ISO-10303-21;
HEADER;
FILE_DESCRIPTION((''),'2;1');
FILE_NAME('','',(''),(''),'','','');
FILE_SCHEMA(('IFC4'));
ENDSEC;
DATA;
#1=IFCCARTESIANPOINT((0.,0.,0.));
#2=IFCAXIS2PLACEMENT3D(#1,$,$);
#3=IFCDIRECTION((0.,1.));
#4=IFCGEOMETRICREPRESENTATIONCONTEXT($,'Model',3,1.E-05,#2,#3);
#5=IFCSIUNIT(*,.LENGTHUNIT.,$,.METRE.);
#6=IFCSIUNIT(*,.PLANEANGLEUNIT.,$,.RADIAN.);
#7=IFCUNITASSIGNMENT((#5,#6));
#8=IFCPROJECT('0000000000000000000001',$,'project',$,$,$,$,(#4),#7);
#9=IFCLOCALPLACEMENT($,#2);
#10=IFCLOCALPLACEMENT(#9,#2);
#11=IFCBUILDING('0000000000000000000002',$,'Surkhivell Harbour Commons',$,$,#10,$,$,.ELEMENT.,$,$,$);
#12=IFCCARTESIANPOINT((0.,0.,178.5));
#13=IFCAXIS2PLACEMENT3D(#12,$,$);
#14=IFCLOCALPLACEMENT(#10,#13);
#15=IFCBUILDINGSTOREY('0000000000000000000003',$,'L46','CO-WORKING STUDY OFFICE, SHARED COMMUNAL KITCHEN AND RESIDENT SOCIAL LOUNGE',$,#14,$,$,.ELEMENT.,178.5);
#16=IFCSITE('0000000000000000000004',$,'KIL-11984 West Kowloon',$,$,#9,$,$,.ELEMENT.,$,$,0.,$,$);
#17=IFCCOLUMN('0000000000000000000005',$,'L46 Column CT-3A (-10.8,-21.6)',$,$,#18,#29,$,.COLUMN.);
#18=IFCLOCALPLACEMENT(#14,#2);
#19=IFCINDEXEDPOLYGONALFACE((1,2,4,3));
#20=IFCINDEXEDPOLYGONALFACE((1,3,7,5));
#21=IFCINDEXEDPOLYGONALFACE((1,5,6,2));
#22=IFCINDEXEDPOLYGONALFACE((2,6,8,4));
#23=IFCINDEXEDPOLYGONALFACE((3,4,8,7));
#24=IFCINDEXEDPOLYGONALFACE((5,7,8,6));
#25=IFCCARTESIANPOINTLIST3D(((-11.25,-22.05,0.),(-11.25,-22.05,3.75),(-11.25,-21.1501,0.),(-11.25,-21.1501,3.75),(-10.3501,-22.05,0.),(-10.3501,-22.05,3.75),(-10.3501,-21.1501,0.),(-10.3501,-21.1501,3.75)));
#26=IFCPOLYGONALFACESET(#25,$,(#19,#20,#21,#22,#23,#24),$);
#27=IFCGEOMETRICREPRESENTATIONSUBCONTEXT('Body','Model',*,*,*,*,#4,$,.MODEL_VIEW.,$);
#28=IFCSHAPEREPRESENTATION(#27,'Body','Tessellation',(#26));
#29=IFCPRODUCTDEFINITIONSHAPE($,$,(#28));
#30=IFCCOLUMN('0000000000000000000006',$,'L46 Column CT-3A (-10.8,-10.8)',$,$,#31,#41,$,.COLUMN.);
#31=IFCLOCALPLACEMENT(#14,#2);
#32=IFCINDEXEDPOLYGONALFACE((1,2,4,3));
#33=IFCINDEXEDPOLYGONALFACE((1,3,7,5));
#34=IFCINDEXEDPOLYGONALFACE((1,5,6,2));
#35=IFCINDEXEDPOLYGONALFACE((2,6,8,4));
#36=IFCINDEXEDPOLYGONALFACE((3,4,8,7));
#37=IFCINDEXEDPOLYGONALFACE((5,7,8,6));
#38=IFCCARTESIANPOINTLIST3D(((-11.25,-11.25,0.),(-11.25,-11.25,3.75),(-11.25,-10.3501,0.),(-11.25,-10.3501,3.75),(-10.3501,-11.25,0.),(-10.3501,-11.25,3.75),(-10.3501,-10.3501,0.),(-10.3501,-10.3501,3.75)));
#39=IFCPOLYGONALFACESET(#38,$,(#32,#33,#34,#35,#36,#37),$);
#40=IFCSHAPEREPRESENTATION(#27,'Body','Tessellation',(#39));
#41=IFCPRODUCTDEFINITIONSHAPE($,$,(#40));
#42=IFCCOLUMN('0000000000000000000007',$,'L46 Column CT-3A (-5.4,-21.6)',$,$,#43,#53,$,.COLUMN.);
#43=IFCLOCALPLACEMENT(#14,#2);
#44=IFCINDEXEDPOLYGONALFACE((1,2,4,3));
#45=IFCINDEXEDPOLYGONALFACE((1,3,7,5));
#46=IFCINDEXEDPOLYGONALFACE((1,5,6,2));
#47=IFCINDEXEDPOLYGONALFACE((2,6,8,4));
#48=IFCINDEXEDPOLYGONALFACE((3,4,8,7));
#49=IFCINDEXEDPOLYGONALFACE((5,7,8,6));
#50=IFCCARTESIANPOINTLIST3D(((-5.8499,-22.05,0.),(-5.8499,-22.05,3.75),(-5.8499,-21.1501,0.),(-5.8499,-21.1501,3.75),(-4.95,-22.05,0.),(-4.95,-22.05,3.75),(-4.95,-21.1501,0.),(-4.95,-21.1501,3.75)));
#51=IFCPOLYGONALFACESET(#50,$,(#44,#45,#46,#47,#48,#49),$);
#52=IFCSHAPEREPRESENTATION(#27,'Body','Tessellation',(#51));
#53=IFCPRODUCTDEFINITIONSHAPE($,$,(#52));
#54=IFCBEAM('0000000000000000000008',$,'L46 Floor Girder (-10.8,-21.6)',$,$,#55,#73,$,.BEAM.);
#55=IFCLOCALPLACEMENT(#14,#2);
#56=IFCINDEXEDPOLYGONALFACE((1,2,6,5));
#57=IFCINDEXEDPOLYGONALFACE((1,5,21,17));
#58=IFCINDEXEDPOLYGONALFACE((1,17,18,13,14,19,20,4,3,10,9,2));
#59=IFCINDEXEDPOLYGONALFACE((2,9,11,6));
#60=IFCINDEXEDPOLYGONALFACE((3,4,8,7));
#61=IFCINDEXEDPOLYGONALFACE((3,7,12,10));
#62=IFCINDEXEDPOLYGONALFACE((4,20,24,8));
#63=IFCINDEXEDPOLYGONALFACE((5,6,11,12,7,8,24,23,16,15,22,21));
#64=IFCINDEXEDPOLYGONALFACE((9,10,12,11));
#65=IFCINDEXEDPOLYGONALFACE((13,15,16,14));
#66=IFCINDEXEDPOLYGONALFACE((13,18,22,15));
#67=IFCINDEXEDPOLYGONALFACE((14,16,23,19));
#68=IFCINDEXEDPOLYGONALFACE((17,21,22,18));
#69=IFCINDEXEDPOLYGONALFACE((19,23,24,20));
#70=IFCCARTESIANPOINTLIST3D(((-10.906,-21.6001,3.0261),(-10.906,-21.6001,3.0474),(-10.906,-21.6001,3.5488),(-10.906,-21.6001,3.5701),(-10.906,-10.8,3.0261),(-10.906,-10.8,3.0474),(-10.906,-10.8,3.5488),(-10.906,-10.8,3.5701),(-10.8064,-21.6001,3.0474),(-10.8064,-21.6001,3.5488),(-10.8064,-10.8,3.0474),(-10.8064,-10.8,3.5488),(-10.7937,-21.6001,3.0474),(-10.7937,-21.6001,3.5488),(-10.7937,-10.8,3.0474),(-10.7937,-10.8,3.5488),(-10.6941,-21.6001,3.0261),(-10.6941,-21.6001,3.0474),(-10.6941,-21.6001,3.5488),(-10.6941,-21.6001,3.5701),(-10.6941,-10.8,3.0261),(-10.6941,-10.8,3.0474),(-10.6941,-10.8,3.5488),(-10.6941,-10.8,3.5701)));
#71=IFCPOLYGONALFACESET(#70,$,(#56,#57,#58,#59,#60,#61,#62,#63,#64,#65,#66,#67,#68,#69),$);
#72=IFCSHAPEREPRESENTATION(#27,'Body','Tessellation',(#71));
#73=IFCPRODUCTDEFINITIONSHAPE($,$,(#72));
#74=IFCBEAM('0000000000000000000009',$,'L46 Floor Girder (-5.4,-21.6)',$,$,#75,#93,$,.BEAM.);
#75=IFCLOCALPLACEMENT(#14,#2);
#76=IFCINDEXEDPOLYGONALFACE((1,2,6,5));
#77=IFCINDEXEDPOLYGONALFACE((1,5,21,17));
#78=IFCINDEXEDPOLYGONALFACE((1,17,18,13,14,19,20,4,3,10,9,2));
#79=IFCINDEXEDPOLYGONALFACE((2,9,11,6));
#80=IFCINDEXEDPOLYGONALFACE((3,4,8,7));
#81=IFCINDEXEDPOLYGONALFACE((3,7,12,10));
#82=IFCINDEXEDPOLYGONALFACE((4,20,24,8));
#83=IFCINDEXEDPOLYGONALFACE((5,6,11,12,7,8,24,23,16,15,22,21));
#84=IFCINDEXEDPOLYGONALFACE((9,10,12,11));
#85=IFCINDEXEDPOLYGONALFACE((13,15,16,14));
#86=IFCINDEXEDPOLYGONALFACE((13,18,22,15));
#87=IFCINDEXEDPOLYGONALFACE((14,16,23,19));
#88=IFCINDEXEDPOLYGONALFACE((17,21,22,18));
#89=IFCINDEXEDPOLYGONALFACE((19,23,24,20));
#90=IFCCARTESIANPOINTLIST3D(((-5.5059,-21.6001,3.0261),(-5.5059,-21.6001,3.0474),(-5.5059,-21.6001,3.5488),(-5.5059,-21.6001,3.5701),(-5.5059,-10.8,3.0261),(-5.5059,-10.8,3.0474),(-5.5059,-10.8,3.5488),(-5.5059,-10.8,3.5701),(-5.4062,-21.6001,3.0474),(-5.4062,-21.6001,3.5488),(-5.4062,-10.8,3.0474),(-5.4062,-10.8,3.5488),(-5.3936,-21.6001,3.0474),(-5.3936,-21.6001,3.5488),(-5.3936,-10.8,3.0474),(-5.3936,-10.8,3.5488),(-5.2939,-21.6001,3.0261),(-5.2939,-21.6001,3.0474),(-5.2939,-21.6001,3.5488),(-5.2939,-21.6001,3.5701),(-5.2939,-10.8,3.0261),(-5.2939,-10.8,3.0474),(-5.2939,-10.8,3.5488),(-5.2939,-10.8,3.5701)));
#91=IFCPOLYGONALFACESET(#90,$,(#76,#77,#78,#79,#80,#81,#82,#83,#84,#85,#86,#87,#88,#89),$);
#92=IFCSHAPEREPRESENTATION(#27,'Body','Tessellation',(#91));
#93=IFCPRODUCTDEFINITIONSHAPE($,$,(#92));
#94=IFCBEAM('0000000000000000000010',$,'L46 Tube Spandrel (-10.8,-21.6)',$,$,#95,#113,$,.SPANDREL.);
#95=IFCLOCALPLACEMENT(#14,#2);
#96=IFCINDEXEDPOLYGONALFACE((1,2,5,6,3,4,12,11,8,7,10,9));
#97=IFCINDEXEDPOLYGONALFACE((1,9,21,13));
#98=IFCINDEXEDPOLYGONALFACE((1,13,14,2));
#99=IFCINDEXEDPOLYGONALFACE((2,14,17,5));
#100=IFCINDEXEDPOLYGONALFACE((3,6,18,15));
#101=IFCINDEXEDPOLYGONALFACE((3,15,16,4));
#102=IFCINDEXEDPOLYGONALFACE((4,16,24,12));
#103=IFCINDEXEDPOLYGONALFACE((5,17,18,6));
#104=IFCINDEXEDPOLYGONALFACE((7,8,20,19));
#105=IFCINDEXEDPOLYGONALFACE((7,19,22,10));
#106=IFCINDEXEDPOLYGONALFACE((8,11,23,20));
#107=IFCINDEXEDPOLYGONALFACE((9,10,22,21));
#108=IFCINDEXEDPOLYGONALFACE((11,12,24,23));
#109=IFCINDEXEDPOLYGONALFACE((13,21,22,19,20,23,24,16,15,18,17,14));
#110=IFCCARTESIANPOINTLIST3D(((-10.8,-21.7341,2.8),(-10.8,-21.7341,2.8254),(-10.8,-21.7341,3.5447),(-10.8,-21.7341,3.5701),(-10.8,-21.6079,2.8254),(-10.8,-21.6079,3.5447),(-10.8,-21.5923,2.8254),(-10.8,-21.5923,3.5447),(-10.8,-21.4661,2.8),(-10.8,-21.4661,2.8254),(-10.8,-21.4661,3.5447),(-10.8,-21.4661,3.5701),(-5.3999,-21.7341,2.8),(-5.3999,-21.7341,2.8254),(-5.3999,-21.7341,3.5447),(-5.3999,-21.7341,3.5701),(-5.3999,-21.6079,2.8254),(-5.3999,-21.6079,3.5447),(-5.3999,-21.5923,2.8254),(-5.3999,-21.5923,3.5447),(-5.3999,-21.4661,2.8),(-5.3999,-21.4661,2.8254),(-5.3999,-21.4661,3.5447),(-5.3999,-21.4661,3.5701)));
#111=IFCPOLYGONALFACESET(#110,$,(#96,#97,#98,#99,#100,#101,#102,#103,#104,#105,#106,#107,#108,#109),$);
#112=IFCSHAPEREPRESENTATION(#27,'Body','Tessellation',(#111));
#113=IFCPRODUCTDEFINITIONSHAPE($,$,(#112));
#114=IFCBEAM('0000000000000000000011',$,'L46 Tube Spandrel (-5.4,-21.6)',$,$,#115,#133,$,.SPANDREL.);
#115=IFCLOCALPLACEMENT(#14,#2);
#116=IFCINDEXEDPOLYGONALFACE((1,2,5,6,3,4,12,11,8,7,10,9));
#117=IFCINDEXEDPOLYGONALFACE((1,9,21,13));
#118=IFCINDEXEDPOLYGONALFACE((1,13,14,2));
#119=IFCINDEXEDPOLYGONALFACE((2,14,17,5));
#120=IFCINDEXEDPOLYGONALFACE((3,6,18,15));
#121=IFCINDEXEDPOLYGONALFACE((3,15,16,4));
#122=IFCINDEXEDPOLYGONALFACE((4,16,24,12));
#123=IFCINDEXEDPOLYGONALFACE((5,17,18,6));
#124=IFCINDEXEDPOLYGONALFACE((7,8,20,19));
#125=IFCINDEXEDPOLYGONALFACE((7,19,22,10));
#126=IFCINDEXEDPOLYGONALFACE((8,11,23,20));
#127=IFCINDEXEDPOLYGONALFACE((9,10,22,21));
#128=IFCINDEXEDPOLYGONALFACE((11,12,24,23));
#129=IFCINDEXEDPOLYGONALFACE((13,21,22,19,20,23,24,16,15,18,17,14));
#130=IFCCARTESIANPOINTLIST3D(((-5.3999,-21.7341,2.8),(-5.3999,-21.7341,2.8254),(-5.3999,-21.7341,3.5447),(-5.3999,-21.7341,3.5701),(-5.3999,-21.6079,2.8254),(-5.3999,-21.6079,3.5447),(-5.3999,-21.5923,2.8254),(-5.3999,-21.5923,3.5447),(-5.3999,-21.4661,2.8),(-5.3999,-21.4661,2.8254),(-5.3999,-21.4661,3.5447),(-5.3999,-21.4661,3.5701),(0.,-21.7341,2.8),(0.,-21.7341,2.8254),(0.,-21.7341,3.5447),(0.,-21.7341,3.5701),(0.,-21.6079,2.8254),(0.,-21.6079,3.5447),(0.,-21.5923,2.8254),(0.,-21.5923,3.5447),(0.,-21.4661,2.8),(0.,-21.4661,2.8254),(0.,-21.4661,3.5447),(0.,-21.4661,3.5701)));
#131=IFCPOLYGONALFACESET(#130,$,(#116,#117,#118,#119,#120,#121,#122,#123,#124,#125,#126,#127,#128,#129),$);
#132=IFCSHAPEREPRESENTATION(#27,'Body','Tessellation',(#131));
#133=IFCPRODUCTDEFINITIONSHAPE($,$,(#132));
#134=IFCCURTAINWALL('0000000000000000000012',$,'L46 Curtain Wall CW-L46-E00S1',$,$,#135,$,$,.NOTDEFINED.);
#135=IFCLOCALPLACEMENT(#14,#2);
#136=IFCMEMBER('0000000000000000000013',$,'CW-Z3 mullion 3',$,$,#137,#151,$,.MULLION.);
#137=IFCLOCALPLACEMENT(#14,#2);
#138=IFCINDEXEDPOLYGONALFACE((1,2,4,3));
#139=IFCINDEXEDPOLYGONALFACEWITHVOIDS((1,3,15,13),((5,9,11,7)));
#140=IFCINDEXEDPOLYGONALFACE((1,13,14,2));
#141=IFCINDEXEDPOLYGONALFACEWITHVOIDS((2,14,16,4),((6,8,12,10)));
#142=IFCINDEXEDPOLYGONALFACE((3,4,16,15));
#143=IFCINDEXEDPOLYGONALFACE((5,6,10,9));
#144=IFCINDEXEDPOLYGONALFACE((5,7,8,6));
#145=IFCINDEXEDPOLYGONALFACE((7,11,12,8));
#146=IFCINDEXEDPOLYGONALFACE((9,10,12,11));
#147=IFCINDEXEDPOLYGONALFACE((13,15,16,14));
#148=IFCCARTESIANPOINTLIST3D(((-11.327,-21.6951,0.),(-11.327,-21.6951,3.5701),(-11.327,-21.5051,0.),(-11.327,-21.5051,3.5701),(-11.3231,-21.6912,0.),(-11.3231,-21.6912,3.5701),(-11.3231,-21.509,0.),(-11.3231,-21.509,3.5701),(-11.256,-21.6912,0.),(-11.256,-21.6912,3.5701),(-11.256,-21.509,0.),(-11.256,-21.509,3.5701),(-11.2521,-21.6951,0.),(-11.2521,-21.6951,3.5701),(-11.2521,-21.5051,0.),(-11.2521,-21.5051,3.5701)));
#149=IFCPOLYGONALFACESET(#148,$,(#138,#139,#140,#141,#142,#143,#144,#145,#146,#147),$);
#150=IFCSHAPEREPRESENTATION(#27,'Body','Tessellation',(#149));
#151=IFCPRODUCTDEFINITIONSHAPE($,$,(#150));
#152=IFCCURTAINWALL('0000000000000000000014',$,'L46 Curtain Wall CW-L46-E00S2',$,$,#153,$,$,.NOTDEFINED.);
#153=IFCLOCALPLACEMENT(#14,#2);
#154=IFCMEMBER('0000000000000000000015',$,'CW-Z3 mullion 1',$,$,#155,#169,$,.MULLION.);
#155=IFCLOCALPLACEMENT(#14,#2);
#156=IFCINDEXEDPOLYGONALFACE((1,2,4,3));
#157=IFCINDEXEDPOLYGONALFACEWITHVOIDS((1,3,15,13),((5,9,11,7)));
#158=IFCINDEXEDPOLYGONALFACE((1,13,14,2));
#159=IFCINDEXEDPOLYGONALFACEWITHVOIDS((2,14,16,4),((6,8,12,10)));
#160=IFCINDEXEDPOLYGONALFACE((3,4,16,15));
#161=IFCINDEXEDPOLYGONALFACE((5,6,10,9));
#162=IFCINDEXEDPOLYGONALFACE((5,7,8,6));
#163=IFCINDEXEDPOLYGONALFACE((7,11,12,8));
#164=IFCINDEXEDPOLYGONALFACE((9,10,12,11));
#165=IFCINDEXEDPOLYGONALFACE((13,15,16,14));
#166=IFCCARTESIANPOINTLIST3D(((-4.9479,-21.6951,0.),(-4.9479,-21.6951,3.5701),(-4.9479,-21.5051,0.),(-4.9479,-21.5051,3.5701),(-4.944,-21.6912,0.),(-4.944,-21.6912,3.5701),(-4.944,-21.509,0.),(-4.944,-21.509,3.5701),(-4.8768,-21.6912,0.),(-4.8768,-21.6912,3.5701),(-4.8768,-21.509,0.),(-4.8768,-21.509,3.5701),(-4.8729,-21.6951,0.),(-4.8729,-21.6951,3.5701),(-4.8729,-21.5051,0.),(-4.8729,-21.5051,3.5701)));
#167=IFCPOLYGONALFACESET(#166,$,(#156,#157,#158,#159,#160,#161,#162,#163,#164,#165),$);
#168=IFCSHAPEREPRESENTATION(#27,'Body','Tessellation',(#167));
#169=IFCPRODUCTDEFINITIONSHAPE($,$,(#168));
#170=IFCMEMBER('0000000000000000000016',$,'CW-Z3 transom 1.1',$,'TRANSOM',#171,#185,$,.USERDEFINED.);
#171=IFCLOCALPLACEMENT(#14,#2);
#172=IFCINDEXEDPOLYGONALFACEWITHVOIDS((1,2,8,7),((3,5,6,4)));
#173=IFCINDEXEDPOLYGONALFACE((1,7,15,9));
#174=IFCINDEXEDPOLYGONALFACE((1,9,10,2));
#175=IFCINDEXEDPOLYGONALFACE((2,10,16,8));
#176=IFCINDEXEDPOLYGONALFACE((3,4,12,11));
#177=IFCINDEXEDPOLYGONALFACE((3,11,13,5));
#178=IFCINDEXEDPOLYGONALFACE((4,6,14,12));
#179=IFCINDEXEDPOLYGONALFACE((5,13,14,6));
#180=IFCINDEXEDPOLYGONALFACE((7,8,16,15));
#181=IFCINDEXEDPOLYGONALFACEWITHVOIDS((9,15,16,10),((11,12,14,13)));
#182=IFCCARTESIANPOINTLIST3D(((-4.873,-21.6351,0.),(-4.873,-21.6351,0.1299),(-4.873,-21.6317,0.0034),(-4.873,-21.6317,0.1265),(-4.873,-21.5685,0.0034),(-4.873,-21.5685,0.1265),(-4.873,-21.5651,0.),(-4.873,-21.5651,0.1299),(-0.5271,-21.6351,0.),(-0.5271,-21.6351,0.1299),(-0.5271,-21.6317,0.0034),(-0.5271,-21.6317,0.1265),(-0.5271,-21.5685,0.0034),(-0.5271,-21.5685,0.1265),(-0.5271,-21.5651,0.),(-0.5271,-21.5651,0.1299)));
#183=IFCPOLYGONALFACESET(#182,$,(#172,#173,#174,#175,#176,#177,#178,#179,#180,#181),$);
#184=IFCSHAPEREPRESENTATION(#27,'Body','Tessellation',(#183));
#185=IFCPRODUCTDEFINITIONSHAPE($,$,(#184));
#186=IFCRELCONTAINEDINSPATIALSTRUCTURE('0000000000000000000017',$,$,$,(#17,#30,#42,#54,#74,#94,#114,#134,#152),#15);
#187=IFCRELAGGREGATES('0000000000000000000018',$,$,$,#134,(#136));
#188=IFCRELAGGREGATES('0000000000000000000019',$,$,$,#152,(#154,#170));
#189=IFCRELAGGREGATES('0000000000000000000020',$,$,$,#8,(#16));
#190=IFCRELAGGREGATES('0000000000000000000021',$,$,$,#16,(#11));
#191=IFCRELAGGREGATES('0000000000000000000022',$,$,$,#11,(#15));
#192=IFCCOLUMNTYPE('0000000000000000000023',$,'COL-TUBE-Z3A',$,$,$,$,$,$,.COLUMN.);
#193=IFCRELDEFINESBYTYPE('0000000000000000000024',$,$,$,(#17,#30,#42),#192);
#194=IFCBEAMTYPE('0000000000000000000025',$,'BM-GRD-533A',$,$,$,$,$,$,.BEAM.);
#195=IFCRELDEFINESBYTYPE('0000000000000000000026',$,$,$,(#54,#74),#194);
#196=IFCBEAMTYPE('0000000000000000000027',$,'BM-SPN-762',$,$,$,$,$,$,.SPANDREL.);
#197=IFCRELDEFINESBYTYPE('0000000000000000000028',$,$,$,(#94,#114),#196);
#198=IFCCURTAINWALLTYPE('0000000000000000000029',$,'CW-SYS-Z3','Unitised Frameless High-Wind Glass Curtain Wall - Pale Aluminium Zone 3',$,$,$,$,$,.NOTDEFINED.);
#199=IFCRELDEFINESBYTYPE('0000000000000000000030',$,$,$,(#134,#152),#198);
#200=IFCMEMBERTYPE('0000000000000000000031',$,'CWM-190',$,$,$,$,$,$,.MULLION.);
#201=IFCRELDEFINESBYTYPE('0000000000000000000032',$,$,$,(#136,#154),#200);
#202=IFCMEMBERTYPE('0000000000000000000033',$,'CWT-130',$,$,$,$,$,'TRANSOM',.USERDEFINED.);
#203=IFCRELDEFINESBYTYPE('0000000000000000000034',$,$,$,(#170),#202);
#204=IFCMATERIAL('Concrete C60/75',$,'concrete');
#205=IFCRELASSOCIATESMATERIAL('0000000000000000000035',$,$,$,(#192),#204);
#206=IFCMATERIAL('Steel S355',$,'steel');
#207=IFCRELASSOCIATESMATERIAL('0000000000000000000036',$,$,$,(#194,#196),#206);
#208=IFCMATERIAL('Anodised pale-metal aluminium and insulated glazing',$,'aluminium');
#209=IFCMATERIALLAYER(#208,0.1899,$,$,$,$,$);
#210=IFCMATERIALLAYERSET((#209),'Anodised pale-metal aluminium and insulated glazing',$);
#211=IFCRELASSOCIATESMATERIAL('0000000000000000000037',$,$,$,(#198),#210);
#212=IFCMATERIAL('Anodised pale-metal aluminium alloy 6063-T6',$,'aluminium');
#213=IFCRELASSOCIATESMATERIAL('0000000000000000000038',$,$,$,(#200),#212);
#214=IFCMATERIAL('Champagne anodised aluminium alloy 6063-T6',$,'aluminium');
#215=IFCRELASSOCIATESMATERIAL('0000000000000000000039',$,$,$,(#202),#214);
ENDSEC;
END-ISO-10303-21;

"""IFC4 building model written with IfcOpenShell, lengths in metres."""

from ifc_helpers import new_model, si_unit, direction, frame, origin, origin_2d, place, context, subcontext, project, spatial, rectangle, hollow_rectangle, i_section, extrude, material, layer, layer_set, material_profile, profile_set, type_object, element, aggregate, save


model = new_model("IFC4")

# Units and contexts
model_context = context("Model", 3, precision=1e-05, world=origin(), true_north=direction((0.0, 1.0)))
body_context = subcontext(model_context, "Body", "Model", "MODEL_VIEW")
ifc_project = project(units=[si_unit("LENGTHUNIT", "METRE"), si_unit("PLANEANGLEUNIT", "RADIAN")], contexts=[model_context])

# Site, building, storey
site_placement = place(None, origin())
site = spatial("IfcSite", under=ifc_project, at=site_placement, Name="KIL-11984 West Kowloon", CompositionType="ELEMENT", RefElevation=0.0)
building_placement = place(site_placement, origin())
building = spatial("IfcBuilding", under=site, at=building_placement, Name="Surkhivell Harbour Commons", CompositionType="ELEMENT")
storey_placement = place(building_placement, frame((0.0, 0.0, 178.5)))
storey = spatial("IfcBuildingStorey", under=building, at=storey_placement, Name="L46", Description="CO-WORKING STUDY OFFICE, SHARED COMMUNAL KITCHEN AND RESIDENT SOCIAL LOUNGE", CompositionType="ELEMENT", Elevation=178.5)

# Columns
ifc_material_1 = material(Name="Concrete C60/75", Category="concrete")
ifc_material_profile_1 = material_profile(ifc_material_1, rectangle(XDim=0.8999, YDim=0.8999, at=origin_2d()), Name="RC-COL-900x900")
ifc_profile_set_1 = profile_set([ifc_material_profile_1], Name="Concrete C60/75")
column_type = type_object("IfcColumnType", Name="COL-TUBE-Z3A", PredefinedType="COLUMN", material=ifc_profile_set_1)
for number, where, z_axis, x_axis, name in (
    (1, (-10.8, -21.6001, 0.0), (0.0, 0.0, 1.0), (1.0, 0.0, 0.0), "L46 Column CT-3A (-10.8,-21.6)"),
    (2, (-10.8, -10.8, 0.0), (0.0, 0.0, 1.0), (1.0, 0.0, 0.0), "L46 Column CT-3A (-10.8,-10.8)"),
    (3, (-5.3999, -21.6001, 0.0), (0.0, 0.0, 1.0), (1.0, 0.0, 0.0), "L46 Column CT-3A (-5.4,-21.6)"),
):
    element("IfcColumn", number, at=place(storey_placement, frame(where, z_axis=z_axis, x_axis=x_axis)), inside=storey, type_object=column_type, Name=name, PredefinedType="COLUMN", context=body_context, shape_type="SweptSolid", body=[
        extrude(rectangle(XDim=0.8999, YDim=0.8999, at=origin_2d()), origin(), (0.0, 0.0, 1.0), 3.75),
    ])

# Beams
ifc_material_2 = material(Name="Steel S355", Category="steel")
ifc_material_profile_2 = material_profile(ifc_material_2, i_section(OverallWidth=0.2119, OverallDepth=0.5439, WebThickness=0.0127, FlangeThickness=0.0212, at=origin_2d()), Name="UB533x210x122")
ifc_profile_set_2 = profile_set([ifc_material_profile_2], Name="Steel S355")
beam_type_1 = type_object("IfcBeamType", Name="BM-GRD-533A", PredefinedType="BEAM", material=ifc_profile_set_2)
for number, where, z_axis, x_axis, name in (
    (4, (-10.8, -21.6001, 3.2981), (0.0, 1.0, 0.0), (-1.0, 0.0, 0.0), "L46 Floor Girder (-10.8,-21.6)"),
    (5, (-5.3999, -21.6001, 3.2981), (0.0, 1.0, 0.0), (-1.0, 0.0, 0.0), "L46 Floor Girder (-5.4,-21.6)"),
):
    element("IfcBeam", number, at=place(storey_placement, frame(where, z_axis=z_axis, x_axis=x_axis)), inside=storey, type_object=beam_type_1, Name=name, PredefinedType="BEAM", context=body_context, shape_type="SweptSolid", body=[
        extrude(i_section(OverallWidth=0.2119, OverallDepth=0.5439, WebThickness=0.0127, FlangeThickness=0.0212, at=origin_2d()), origin(), (0.0, 0.0, 1.0), 10.8),
    ])
ifc_material_profile_3 = material_profile(ifc_material_2, i_section(OverallWidth=0.2681, OverallDepth=0.77, WebThickness=0.0156, FlangeThickness=0.0254, at=origin_2d()), Name="UB762x267x197")
ifc_profile_set_3 = profile_set([ifc_material_profile_3], Name="Steel S355")
beam_type_2 = type_object("IfcBeamType", Name="BM-SPN-762", PredefinedType="SPANDREL", material=ifc_profile_set_3)
beam_1_placement = place(storey_placement, frame((-10.8, -21.6001, 3.1851), z_axis=(1.0, 0.0, 0.0), x_axis=(0.0, 1.0, 0.0)))
element("IfcBeam", 6, at=beam_1_placement, inside=storey, type_object=beam_type_2, Name="L46 Tube Spandrel (-10.8,-21.6)", PredefinedType="SPANDREL", context=body_context, shape_type="SweptSolid", body=[
    extrude(i_section(OverallWidth=0.2681, OverallDepth=0.77, WebThickness=0.0156, FlangeThickness=0.0254, at=origin_2d()), origin(), (0.0, 0.0, 1.0), 5.4001),
])
beam_2_placement = place(storey_placement, frame((-5.3999, -21.6001, 3.1851), z_axis=(1.0, 0.0, 0.0), x_axis=(0.0, 1.0, 0.0)))
element("IfcBeam", 7, at=beam_2_placement, inside=storey, type_object=beam_type_2, Name="L46 Tube Spandrel (-5.4,-21.6)", PredefinedType="SPANDREL", context=body_context, shape_type="SweptSolid", body=[
    extrude(i_section(OverallWidth=0.2681, OverallDepth=0.77, WebThickness=0.0156, FlangeThickness=0.0254, at=origin_2d()), origin(), (0.0, 0.0, 1.0), 5.3999),
])

# Curtain wall, member
ifc_material_3 = material(Name="Anodised pale-metal aluminium and insulated glazing", Category="aluminium")
ifc_layer_1 = layer(ifc_material_3, 0.1899)
ifc_layer_set_1 = layer_set([ifc_layer_1], Name="Anodised pale-metal aluminium and insulated glazing")
curtain_wall_type = type_object("IfcCurtainWallType", Name="CW-SYS-Z3", Description="Unitised Frameless High-Wind Glass Curtain Wall - Pale Aluminium Zone 3", PredefinedType="NOTDEFINED", material=ifc_layer_set_1)
curtain_wall_1_placement = place(storey_placement, origin())
curtain_wall_1 = element("IfcCurtainWall", 8, at=curtain_wall_1_placement, inside=storey, type_object=curtain_wall_type, Name="L46 Curtain Wall CW-L46-E00S1", PredefinedType="NOTDEFINED")
ifc_material_4 = material(Name="Anodised pale-metal aluminium alloy 6063-T6", Category="aluminium")
ifc_material_profile_4 = material_profile(ifc_material_4, hollow_rectangle(XDim=0.075, YDim=0.1899, WallThickness=0.0039, at=origin_2d()), Name="ALU-MULL-75x190")
ifc_profile_set_4 = profile_set([ifc_material_profile_4], Name="Anodised pale-metal aluminium alloy 6063-T6")
member_type_1 = type_object("IfcMemberType", Name="CWM-190", PredefinedType="MULLION", material=ifc_profile_set_4)
member_1_placement = place(storey_placement, frame((-11.2896, -21.6001, 0.0), z_axis=(0.0, 0.0, 1.0), x_axis=(1.0, 0.0, 0.0)))
member_1 = element("IfcMember", 9, at=member_1_placement, type_object=member_type_1, Name="CW-Z3 mullion 3", PredefinedType="MULLION", context=body_context, shape_type="SweptSolid", body=[
    extrude(hollow_rectangle(XDim=0.075, YDim=0.1899, WallThickness=0.0039, at=origin_2d()), origin(), (0.0, 0.0, 1.0), 3.5701),
])
aggregate(curtain_wall_1, [member_1])

# Curtain wall, members
curtain_wall_2_placement = place(storey_placement, origin())
curtain_wall_2 = element("IfcCurtainWall", 10, at=curtain_wall_2_placement, inside=storey, type_object=curtain_wall_type, Name="L46 Curtain Wall CW-L46-E00S2", PredefinedType="NOTDEFINED")
member_2_placement = place(storey_placement, frame((-4.9104, -21.6001, 0.0), z_axis=(0.0, 0.0, 1.0), x_axis=(1.0, 0.0, 0.0)))
member_2 = element("IfcMember", 11, at=member_2_placement, type_object=member_type_1, Name="CW-Z3 mullion 1", PredefinedType="MULLION", context=body_context, shape_type="SweptSolid", body=[
    extrude(hollow_rectangle(XDim=0.075, YDim=0.1899, WallThickness=0.0039, at=origin_2d()), origin(), (0.0, 0.0, 1.0), 3.5701),
])
ifc_material_5 = material(Name="Champagne anodised aluminium alloy 6063-T6", Category="aluminium")
ifc_material_profile_5 = material_profile(ifc_material_5, hollow_rectangle(XDim=0.0701, YDim=0.1299, WallThickness=0.0034, at=origin_2d()), Name="ALU-TRAN-70x130")
ifc_profile_set_5 = profile_set([ifc_material_profile_5], Name="Champagne anodised aluminium alloy 6063-T6")
member_type_2 = type_object("IfcMemberType", Name="CWT-130", ElementType="TRANSOM", PredefinedType="USERDEFINED", material=ifc_profile_set_5)
member_3_placement = place(storey_placement, frame((-4.873, -21.6001, 0.0649), z_axis=(1.0, 0.0, 0.0), x_axis=(0.0, 1.0, 0.0)))
member_3 = element("IfcMember", 12, at=member_3_placement, type_object=member_type_2, Name="CW-Z3 transom 1.1", ObjectType="TRANSOM", PredefinedType="USERDEFINED", context=body_context, shape_type="SweptSolid", body=[
    extrude(hollow_rectangle(XDim=0.0701, YDim=0.1299, WallThickness=0.0034, at=origin_2d()), origin(), (0.0, 0.0, 1.0), 4.3459),
])

aggregate(curtain_wall_2, [member_2, member_3])

save(model, "model.ifc")
